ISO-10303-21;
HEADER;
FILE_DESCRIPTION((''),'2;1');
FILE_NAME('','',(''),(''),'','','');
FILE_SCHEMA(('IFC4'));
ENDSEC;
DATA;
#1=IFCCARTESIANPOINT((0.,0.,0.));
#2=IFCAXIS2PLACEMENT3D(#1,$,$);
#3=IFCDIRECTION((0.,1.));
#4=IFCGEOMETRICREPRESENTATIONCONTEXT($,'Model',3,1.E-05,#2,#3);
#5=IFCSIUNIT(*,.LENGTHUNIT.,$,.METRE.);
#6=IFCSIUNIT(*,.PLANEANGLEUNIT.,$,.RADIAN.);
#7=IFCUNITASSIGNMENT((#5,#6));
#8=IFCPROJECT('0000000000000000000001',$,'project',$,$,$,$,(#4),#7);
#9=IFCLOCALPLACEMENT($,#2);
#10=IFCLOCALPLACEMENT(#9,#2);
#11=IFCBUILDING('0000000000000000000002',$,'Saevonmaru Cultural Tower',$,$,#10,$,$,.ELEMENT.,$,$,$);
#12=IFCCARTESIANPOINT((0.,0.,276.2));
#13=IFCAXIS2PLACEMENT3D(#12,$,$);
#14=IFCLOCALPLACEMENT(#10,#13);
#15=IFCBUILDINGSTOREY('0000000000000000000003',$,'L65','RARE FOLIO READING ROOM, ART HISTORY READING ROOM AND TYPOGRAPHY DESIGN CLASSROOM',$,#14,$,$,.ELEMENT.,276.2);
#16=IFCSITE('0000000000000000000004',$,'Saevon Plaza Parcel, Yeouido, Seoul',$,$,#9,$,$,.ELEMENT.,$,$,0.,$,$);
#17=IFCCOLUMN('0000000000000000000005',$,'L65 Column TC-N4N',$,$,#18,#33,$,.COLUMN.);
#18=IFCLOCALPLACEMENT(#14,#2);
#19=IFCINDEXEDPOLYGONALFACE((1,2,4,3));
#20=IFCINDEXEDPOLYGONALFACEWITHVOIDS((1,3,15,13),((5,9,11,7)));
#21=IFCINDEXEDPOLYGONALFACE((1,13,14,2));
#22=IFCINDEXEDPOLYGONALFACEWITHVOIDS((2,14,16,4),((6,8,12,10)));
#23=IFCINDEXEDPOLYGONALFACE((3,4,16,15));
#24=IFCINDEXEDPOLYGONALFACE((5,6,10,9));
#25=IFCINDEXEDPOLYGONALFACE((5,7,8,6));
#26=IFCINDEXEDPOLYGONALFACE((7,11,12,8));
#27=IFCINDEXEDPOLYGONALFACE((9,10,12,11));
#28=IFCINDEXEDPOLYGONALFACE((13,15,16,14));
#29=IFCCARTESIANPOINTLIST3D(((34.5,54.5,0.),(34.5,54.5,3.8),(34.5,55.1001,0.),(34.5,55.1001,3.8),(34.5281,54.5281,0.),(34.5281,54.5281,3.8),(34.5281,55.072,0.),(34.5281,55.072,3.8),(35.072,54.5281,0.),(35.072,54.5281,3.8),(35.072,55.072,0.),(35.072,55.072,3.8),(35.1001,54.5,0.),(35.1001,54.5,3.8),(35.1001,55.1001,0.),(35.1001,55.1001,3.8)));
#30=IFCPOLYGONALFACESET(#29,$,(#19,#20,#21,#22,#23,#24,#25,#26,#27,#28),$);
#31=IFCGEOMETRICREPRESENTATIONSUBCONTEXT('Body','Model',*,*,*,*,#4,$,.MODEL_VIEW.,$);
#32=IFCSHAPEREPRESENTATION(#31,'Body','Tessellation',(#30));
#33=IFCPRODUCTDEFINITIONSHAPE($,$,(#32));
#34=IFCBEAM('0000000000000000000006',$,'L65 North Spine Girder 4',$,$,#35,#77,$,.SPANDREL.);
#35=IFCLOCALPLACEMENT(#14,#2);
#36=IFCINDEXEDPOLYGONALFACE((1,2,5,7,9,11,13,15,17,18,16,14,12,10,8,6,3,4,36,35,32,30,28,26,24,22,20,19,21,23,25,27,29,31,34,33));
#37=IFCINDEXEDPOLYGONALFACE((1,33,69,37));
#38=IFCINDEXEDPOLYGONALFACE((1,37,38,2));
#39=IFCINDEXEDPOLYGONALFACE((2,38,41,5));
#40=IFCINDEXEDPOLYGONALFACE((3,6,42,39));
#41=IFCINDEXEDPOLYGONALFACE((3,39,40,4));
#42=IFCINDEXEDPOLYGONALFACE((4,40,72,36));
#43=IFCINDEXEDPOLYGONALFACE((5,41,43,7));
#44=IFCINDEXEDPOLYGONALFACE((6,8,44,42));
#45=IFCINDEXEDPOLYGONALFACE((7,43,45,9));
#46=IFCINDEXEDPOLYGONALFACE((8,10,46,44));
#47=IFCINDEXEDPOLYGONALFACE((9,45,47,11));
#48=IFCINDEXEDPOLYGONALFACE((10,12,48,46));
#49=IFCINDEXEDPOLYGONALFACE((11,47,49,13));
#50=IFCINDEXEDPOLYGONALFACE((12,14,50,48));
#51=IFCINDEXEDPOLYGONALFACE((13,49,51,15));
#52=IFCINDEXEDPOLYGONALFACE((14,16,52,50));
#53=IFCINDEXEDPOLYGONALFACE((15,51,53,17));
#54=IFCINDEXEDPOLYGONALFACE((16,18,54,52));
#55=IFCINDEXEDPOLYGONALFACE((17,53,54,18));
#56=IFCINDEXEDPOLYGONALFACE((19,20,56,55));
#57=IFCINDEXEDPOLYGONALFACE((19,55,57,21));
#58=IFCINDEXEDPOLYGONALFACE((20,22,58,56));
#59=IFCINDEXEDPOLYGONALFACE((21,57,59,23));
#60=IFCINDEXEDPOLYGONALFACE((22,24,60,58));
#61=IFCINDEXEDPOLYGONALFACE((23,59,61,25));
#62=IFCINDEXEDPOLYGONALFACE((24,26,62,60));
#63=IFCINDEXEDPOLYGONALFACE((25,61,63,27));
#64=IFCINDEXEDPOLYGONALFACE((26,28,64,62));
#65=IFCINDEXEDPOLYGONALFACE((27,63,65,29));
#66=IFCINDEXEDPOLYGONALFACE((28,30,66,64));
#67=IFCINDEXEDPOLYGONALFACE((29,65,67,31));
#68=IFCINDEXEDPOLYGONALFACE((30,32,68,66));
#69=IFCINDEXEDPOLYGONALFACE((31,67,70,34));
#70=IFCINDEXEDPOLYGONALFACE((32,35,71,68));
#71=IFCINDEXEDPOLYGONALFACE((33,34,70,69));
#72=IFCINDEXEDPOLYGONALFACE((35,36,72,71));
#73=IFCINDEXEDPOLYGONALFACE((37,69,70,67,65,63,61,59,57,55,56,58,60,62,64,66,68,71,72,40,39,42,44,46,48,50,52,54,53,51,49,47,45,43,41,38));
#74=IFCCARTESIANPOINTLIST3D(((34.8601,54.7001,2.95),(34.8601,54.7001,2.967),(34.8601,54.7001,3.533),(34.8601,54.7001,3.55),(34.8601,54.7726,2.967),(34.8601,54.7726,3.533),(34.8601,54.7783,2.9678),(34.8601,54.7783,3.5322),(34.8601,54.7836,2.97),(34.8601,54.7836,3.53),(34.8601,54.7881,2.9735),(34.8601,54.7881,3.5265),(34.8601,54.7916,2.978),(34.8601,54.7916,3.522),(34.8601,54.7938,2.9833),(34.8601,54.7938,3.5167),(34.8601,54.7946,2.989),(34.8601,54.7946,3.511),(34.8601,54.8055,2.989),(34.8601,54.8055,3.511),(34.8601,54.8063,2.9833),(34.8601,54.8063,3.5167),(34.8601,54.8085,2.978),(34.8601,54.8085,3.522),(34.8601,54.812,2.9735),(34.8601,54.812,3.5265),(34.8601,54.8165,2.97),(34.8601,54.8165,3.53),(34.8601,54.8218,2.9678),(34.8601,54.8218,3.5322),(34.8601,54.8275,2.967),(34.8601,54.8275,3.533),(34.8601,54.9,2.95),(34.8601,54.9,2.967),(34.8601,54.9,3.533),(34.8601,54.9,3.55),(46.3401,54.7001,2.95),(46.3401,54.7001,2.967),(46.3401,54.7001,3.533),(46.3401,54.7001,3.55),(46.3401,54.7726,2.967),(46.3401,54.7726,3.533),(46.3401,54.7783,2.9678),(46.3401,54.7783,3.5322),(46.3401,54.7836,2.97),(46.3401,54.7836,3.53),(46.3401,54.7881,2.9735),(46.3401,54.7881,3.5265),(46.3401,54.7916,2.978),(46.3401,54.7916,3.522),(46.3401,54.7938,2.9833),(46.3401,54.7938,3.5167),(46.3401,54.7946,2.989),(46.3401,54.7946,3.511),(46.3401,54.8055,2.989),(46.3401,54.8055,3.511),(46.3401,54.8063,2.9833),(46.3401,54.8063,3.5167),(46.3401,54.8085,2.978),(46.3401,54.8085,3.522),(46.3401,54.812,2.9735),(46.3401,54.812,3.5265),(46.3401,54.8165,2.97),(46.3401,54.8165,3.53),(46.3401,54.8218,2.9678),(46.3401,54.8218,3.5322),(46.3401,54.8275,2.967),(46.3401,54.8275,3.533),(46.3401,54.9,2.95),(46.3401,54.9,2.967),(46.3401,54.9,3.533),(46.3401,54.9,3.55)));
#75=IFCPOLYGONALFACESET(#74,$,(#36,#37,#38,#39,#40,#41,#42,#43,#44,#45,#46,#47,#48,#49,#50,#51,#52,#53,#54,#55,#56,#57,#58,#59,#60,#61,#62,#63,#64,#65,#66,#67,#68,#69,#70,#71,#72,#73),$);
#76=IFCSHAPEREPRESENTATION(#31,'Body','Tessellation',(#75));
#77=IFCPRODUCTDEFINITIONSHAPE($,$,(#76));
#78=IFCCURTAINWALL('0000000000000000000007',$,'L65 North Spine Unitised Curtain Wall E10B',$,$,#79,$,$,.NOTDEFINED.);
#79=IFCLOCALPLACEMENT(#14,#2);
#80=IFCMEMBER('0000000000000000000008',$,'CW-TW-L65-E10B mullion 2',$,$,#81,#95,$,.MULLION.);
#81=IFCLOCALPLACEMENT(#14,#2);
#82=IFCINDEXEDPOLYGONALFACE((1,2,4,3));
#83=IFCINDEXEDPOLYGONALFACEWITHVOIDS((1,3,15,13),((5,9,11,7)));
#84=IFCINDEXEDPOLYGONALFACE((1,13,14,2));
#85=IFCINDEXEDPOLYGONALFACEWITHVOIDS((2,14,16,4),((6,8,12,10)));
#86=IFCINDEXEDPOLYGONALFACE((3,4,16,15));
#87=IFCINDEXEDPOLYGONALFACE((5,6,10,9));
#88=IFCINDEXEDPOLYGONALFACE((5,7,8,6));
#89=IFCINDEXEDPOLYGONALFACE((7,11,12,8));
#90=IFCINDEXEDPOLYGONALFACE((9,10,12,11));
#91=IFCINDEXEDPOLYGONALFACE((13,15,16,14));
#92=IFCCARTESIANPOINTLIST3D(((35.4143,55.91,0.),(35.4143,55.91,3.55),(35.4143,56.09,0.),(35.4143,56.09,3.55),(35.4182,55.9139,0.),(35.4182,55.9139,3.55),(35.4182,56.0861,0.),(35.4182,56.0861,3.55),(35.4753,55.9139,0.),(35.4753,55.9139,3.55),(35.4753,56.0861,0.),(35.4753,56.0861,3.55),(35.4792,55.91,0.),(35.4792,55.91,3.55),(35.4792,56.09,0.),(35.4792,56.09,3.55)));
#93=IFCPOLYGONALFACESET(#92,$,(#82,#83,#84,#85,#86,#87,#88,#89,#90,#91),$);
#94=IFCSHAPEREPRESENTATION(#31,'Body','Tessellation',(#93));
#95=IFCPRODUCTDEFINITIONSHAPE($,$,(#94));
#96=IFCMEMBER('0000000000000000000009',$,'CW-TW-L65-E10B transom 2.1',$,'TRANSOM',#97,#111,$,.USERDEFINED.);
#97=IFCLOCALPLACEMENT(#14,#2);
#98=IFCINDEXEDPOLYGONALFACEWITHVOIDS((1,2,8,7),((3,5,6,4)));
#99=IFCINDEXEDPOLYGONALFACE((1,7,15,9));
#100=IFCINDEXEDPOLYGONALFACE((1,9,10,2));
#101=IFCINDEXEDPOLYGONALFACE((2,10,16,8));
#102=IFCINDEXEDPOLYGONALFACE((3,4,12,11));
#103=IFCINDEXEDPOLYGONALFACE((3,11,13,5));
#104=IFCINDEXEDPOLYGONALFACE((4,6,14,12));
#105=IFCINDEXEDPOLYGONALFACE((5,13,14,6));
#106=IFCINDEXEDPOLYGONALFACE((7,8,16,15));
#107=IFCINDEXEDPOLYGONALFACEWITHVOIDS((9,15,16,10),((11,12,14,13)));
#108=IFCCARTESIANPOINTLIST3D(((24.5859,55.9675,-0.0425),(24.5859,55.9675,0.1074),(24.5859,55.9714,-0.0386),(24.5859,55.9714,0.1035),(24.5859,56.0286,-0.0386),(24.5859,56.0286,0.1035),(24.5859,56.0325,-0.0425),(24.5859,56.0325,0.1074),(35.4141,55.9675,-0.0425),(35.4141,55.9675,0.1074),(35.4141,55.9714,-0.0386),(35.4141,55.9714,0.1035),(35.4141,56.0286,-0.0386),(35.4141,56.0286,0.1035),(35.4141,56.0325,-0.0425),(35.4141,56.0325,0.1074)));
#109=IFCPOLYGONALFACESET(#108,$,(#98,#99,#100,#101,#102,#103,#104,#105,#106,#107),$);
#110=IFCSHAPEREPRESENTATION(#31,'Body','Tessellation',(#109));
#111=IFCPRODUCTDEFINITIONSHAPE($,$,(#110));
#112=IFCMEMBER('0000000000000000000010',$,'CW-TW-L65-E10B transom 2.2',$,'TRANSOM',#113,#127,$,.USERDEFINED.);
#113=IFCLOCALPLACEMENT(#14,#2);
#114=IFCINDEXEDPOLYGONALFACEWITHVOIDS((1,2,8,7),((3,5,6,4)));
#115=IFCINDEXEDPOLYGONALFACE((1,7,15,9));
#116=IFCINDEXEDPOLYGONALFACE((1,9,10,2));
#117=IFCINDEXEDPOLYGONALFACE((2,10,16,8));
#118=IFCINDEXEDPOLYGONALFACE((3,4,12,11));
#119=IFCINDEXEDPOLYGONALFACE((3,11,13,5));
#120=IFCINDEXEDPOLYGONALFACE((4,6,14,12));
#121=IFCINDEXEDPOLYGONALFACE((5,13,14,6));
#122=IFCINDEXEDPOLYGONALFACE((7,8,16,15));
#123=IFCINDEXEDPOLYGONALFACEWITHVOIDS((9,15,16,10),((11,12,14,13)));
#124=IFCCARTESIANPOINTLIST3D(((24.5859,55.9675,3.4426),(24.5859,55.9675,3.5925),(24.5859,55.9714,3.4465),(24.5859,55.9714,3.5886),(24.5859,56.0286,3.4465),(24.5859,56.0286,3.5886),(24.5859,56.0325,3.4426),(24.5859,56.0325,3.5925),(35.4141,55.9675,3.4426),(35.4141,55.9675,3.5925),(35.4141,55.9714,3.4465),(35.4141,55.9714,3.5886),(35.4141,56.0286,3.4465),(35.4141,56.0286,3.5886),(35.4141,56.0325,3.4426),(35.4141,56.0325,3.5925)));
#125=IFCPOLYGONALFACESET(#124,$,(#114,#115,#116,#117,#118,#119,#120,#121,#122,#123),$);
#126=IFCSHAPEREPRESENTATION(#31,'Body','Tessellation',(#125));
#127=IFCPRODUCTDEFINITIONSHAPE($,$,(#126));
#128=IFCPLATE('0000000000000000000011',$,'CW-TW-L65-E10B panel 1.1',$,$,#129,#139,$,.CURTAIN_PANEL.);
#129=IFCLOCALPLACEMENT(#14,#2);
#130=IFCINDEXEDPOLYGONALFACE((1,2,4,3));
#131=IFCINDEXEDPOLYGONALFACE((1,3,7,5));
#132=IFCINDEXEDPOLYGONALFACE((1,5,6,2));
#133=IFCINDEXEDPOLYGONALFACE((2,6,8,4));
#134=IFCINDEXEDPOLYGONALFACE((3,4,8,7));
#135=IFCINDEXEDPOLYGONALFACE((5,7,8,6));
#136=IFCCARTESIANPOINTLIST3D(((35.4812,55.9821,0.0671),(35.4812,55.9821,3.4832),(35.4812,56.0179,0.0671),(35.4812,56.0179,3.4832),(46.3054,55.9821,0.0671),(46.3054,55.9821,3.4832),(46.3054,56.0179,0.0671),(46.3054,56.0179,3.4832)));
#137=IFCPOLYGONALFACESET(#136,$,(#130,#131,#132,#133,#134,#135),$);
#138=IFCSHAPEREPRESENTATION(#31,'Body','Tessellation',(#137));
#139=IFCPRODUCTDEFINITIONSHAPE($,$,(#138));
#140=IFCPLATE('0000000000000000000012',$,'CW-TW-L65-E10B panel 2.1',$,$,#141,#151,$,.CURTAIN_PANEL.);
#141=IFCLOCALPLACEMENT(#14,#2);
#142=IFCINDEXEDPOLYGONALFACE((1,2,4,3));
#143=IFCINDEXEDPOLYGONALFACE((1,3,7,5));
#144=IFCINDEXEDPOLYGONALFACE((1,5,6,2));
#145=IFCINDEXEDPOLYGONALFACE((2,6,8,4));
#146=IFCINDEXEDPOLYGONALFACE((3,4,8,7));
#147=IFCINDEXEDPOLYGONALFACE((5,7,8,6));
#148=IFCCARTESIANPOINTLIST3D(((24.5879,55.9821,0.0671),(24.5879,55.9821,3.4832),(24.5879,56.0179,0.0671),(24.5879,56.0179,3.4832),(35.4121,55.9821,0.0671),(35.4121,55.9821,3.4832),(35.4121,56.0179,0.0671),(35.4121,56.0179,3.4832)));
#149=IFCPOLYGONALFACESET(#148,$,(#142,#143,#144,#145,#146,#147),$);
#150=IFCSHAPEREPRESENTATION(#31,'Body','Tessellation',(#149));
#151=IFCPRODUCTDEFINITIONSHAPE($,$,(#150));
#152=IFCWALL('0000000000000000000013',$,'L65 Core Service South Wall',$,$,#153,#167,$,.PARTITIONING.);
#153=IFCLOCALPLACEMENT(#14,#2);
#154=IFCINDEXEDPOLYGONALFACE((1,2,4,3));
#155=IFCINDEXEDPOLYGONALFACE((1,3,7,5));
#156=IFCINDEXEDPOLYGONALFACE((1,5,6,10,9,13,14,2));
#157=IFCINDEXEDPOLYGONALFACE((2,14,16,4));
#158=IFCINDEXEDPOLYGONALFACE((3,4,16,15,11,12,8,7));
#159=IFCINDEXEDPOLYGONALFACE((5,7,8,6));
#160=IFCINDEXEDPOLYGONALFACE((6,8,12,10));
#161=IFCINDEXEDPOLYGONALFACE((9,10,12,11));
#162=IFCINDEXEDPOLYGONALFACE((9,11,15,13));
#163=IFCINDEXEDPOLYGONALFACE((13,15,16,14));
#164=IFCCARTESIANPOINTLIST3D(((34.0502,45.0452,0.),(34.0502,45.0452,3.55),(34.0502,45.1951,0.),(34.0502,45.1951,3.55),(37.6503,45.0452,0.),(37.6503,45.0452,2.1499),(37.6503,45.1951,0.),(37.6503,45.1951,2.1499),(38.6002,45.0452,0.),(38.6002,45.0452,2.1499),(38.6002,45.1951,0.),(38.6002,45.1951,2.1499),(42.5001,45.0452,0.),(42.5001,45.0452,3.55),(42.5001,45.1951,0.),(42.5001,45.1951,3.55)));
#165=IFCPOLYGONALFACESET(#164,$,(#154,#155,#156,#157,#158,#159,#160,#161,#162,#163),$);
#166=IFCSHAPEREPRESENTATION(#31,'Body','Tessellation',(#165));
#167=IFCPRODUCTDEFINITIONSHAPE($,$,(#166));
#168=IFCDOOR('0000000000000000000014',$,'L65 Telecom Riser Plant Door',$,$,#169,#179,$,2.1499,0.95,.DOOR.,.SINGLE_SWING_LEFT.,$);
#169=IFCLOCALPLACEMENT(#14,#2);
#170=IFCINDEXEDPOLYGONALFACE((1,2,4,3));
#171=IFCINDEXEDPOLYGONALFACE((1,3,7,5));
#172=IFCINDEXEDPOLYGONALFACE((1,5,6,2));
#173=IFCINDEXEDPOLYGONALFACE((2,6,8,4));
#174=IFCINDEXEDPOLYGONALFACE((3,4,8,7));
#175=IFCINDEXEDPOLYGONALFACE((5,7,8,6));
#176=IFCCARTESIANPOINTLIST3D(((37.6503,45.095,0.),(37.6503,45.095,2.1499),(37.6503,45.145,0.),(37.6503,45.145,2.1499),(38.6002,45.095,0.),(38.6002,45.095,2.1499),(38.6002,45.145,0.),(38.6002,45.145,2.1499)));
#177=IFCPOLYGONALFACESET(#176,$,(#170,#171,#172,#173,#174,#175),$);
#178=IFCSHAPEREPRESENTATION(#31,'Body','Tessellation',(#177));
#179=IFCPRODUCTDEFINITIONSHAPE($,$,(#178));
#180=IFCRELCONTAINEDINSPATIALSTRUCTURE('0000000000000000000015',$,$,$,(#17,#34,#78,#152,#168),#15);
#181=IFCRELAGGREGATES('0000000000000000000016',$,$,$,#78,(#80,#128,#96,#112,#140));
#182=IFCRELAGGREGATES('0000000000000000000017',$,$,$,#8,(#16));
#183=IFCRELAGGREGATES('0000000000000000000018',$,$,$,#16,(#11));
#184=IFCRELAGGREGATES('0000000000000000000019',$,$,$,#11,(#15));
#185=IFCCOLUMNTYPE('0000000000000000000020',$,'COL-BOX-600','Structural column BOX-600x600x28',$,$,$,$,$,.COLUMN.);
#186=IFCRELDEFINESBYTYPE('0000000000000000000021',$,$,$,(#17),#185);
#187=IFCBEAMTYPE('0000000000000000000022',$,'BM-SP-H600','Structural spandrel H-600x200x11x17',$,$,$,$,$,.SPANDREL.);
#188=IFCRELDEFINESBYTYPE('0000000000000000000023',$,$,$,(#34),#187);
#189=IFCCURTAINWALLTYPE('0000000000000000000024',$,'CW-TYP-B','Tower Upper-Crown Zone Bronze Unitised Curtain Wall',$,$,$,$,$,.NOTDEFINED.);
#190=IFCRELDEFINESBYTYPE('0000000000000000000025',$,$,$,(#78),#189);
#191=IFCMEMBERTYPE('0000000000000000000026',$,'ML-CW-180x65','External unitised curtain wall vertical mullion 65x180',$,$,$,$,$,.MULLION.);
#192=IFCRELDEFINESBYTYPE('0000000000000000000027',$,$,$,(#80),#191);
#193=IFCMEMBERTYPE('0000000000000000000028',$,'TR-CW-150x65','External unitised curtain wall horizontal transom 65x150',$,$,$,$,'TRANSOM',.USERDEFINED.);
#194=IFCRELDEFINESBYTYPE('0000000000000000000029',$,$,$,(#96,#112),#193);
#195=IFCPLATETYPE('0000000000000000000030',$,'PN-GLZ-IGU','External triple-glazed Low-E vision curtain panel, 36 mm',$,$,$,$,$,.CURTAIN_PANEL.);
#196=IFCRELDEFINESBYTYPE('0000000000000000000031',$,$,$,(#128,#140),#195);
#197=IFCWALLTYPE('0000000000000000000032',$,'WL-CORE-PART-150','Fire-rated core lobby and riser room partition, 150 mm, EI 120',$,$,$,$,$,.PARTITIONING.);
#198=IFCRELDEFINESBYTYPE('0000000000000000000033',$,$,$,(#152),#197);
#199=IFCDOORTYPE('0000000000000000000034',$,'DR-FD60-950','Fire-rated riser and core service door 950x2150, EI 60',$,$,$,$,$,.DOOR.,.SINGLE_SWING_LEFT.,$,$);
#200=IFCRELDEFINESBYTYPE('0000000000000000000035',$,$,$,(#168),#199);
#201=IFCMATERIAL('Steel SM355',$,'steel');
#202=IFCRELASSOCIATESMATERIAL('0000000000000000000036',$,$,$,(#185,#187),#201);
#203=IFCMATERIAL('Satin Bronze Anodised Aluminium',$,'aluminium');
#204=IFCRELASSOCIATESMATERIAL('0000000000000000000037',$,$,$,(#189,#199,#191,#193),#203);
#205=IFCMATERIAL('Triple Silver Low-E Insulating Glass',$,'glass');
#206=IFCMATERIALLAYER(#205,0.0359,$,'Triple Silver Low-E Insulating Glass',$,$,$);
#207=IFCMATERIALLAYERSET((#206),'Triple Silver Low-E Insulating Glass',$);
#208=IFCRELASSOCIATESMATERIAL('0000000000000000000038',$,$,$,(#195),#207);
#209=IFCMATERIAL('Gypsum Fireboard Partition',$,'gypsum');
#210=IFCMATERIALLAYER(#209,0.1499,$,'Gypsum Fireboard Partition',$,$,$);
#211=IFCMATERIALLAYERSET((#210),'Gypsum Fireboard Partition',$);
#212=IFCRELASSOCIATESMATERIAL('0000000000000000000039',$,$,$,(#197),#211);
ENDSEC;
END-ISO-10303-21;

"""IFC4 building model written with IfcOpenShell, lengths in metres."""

from ifc_helpers import new_model, si_unit, direction, frame, frame_2d, origin, origin_2d, place, context, subcontext, project, spatial, rectangle, hollow_rectangle, i_section, extrude, material, layer, layer_set, material_profile, profile_set, type_object, element, fill, aggregate, save


model = new_model("IFC4")

# Units and contexts
model_context = context("Model", 3, precision=1e-05, world=origin(), true_north=direction((0.0, 1.0)))
body_context = subcontext(model_context, "Body", "Model", "MODEL_VIEW")
ifc_project = project(units=[si_unit("LENGTHUNIT", "METRE"), si_unit("PLANEANGLEUNIT", "RADIAN")], contexts=[model_context])

# Site, building, storey
site_placement = place(None, origin())
site = spatial("IfcSite", under=ifc_project, at=site_placement, Name="Saevon Plaza Parcel, Yeouido, Seoul", CompositionType="ELEMENT", RefElevation=0.0)
building_placement = place(site_placement, origin())
building = spatial("IfcBuilding", under=site, at=building_placement, Name="Saevonmaru Cultural Tower", CompositionType="ELEMENT")
storey_placement = place(building_placement, frame((0.0, 0.0, 276.2)))
storey = spatial("IfcBuildingStorey", under=building, at=storey_placement, Name="L65", Description="RARE FOLIO READING ROOM, ART HISTORY READING ROOM AND TYPOGRAPHY DESIGN CLASSROOM", CompositionType="ELEMENT", Elevation=276.2)

# Column
ifc_material_1 = material(Name="Steel SM355", Category="steel")
ifc_material_profile_1 = material_profile(ifc_material_1, hollow_rectangle(XDim=0.6001, YDim=0.6001, WallThickness=0.0281, at=origin_2d()), Name="BOX-600x600x28")
ifc_profile_set_1 = profile_set([ifc_material_profile_1], Name="Steel SM355")
column_type = type_object("IfcColumnType", Name="COL-BOX-600", Description="Structural column BOX-600x600x28", PredefinedType="COLUMN", material=ifc_profile_set_1)
column_placement = place(storey_placement, frame((34.8, 54.8, 0.0), z_axis=(0.0, 0.0, 1.0), x_axis=(1.0, 0.0, 0.0)))
element("IfcColumn", 1, at=column_placement, inside=storey, type_object=column_type, Name="L65 Column TC-N4N", PredefinedType="COLUMN", context=body_context, shape_type="SweptSolid", body=[
    extrude(hollow_rectangle(XDim=0.6001, YDim=0.6001, WallThickness=0.0281, at=origin_2d()), origin(), (0.0, 0.0, 1.0), 3.8),
])

# Beam
ifc_material_profile_2 = material_profile(ifc_material_1, i_section(OverallWidth=0.2, OverallDepth=0.6001, WebThickness=0.011, FlangeThickness=0.0171, FilletRadius=0.022, at=origin_2d()), Name="H-600x200x11x17")
ifc_profile_set_2 = profile_set([ifc_material_profile_2], Name="Steel SM355")
beam_type = type_object("IfcBeamType", Name="BM-SP-H600", Description="Structural spandrel H-600x200x11x17", PredefinedType="SPANDREL", material=ifc_profile_set_2)
beam_placement = place(storey_placement, frame((34.8601, 54.8, 3.25), z_axis=(1.0, 0.0, 0.0), x_axis=(0.0, 1.0, 0.0)))
element("IfcBeam", 2, at=beam_placement, inside=storey, type_object=beam_type, Name="L65 North Spine Girder 4", PredefinedType="SPANDREL", context=body_context, shape_type="SweptSolid", body=[
    extrude(i_section(OverallWidth=0.2, OverallDepth=0.6001, WebThickness=0.011, FlangeThickness=0.0171, FilletRadius=0.022, at=origin_2d()), origin(), (0.0, 0.0, 1.0), 11.48),
])

# Curtain wall, members, plates
ifc_material_2 = material(Name="Satin Bronze Anodised Aluminium", Category="aluminium")
curtain_wall_type = type_object("IfcCurtainWallType", Name="CW-TYP-B", Description="Tower Upper-Crown Zone Bronze Unitised Curtain Wall", PredefinedType="NOTDEFINED", material=ifc_material_2)
curtain_wall_placement = place(storey_placement, origin())
curtain_wall = element("IfcCurtainWall", 3, at=curtain_wall_placement, inside=storey, type_object=curtain_wall_type, Name="L65 North Spine Unitised Curtain Wall E10B", PredefinedType="NOTDEFINED")
ifc_material_profile_3 = material_profile(ifc_material_2, hollow_rectangle(XDim=0.0649, YDim=0.1799, WallThickness=0.0039, at=origin_2d()), Name="ALU-MULL-180x65x4")
ifc_profile_set_3 = profile_set([ifc_material_profile_3], Name="Satin Bronze Anodised Aluminium")
member_type_1 = type_object("IfcMemberType", Name="ML-CW-180x65", Description="External unitised curtain wall vertical mullion 65x180", PredefinedType="MULLION", material=ifc_profile_set_3)
member_1_placement = place(storey_placement, frame((35.4468, 56.0, 0.0), z_axis=(0.0, 0.0, 1.0), x_axis=(-1.0, 0.0, 0.0)))
member_1 = element("IfcMember", 4, at=member_1_placement, type_object=member_type_1, Name="CW-TW-L65-E10B mullion 2", PredefinedType="MULLION", context=body_context, shape_type="SweptSolid", body=[
    extrude(hollow_rectangle(XDim=0.0649, YDim=0.1799, WallThickness=0.0039, at=origin_2d()), origin(), (0.0, 0.0, 1.0), 3.55),
])
ifc_material_profile_4 = material_profile(ifc_material_2, hollow_rectangle(XDim=0.0649, YDim=0.1499, WallThickness=0.0039, at=origin_2d()), Name="ALU-TRAN-150x65x4")
ifc_profile_set_4 = profile_set([ifc_material_profile_4], Name="Satin Bronze Anodised Aluminium")
member_type_2 = type_object("IfcMemberType", Name="TR-CW-150x65", Description="External unitised curtain wall horizontal transom 65x150", ElementType="TRANSOM", PredefinedType="USERDEFINED", material=ifc_profile_set_4)
member_2_placement = place(storey_placement, frame((35.4141, 56.0, 0.0325), z_axis=(-1.0, 0.0, 0.0), x_axis=(0.0, -1.0, 0.0)))
member_2 = element("IfcMember", 5, at=member_2_placement, type_object=member_type_2, Name="CW-TW-L65-E10B transom 2.1", ObjectType="TRANSOM", PredefinedType="USERDEFINED", context=body_context, shape_type="SweptSolid", body=[
    extrude(hollow_rectangle(XDim=0.0649, YDim=0.1499, WallThickness=0.0039, at=origin_2d()), origin(), (0.0, 0.0, 1.0), 10.8281),
])
member_3_placement = place(storey_placement, frame((35.4141, 56.0, 3.5176), z_axis=(-1.0, 0.0, 0.0), x_axis=(0.0, -1.0, 0.0)))
member_3 = element("IfcMember", 6, at=member_3_placement, type_object=member_type_2, Name="CW-TW-L65-E10B transom 2.2", ObjectType="TRANSOM", PredefinedType="USERDEFINED", context=body_context, shape_type="SweptSolid", body=[
    extrude(hollow_rectangle(XDim=0.0649, YDim=0.1499, WallThickness=0.0039, at=origin_2d()), origin(), (0.0, 0.0, 1.0), 10.8281),
])
ifc_material_3 = material(Name="Triple Silver Low-E Insulating Glass", Category="glass")
ifc_layer_1 = layer(ifc_material_3, 0.0359, Name="Triple Silver Low-E Insulating Glass")
ifc_layer_set_1 = layer_set([ifc_layer_1], Name="Triple Silver Low-E Insulating Glass")
plate_type = type_object("IfcPlateType", Name="PN-GLZ-IGU", Description="External triple-glazed Low-E vision curtain panel, 36 mm", PredefinedType="CURTAIN_PANEL", material=ifc_layer_set_1)
plate_1_placement = place(storey_placement, frame((40.8933, 56.0, 0.0671), z_axis=(0.0, 0.0, 1.0), x_axis=(-1.0, 0.0, 0.0)))
plate_1 = element("IfcPlate", 7, at=plate_1_placement, type_object=plate_type, Name="CW-TW-L65-E10B panel 1.1", PredefinedType="CURTAIN_PANEL", context=body_context, shape_type="SweptSolid", body=[
    extrude(rectangle(XDim=10.8242, YDim=0.0359, at=origin_2d()), origin(), (0.0, 0.0, 1.0), 3.416),
])
plate_2_placement = place(storey_placement, frame((30.0, 56.0, 0.0671), z_axis=(0.0, 0.0, 1.0), x_axis=(-1.0, 0.0, 0.0)))
plate_2 = element("IfcPlate", 8, at=plate_2_placement, type_object=plate_type, Name="CW-TW-L65-E10B panel 2.1", PredefinedType="CURTAIN_PANEL", context=body_context, shape_type="SweptSolid", body=[
    extrude(rectangle(XDim=10.8242, YDim=0.0359, at=origin_2d()), origin(), (0.0, 0.0, 1.0), 3.416),
])
aggregate(curtain_wall, [member_1, plate_1, member_2, member_3, plate_2])

# Wall, opening, door
ifc_material_4 = material(Name="Gypsum Fireboard Partition", Category="gypsum")
ifc_layer_2 = layer(ifc_material_4, 0.1499, Name="Gypsum Fireboard Partition")
ifc_layer_set_2 = layer_set([ifc_layer_2], Name="Gypsum Fireboard Partition")
wall_type_1 = type_object("IfcWallType", Name="WL-CORE-PART-150", Description="Fire-rated core lobby and riser room partition, 150 mm, EI 120", PredefinedType="PARTITIONING", material=ifc_layer_set_2)
wall_1_placement = place(storey_placement, frame((34.05, 45.1201, 0.0), z_axis=(0.0, 0.0, 1.0), x_axis=(1.0, 0.0, 0.0)))
wall_1 = element("IfcWall", 9, at=wall_1_placement, inside=storey, type_object=wall_type_1, Name="L65 Core Service South Wall", PredefinedType="PARTITIONING", context=body_context, shape_type="SweptSolid", body=[
    extrude(rectangle(XDim=8.45, YDim=0.1499, at=frame_2d((4.2251, 0.0))), origin(), (0.0, 0.0, 1.0), 3.55),
])
opening_1_placement = place(wall_1_placement, frame((3.6001, 0.0, 0.0)))
opening_1 = element("IfcOpeningElement", 10, at=opening_1_placement, cuts=wall_1, PredefinedType="OPENING", context=body_context, shape_type="SweptSolid", body=[
    extrude(rectangle(XDim=0.95, YDim=2.1499, at=frame_2d((0.4751, 1.075))), frame((0.0, 0.085, 0.0), z_axis=(0.0, -1.0, 0.0), x_axis=(1.0, 0.0, 0.0)), (0.0, 0.0, 1.0), 0.1699),
])
door_type_1 = type_object("IfcDoorType", Name="DR-FD60-950", Description="Fire-rated riser and core service door 950x2150, EI 60", OperationType="SINGLE_SWING_LEFT", PredefinedType="DOOR", material=ifc_material_2)
door_1_placement = place(opening_1_placement, origin())
door_1 = element("IfcDoor", 11, at=door_1_placement, inside=storey, type_object=door_type_1, Name="L65 Telecom Riser Plant Door", OperationType="SINGLE_SWING_LEFT", OverallHeight=2.1499, OverallWidth=0.95, PredefinedType="DOOR", context=body_context, shape_type="SweptSolid", body=[
    extrude(rectangle(XDim=0.95, YDim=2.1499, at=frame_2d((0.4751, 1.075))), frame((0.0, 0.0249, 0.0), z_axis=(0.0, -1.0, 0.0), x_axis=(1.0, 0.0, 0.0)), (0.0, 0.0, 1.0), 0.05),
])
fill(opening_1, door_1)

save(model, "model.ifc")
